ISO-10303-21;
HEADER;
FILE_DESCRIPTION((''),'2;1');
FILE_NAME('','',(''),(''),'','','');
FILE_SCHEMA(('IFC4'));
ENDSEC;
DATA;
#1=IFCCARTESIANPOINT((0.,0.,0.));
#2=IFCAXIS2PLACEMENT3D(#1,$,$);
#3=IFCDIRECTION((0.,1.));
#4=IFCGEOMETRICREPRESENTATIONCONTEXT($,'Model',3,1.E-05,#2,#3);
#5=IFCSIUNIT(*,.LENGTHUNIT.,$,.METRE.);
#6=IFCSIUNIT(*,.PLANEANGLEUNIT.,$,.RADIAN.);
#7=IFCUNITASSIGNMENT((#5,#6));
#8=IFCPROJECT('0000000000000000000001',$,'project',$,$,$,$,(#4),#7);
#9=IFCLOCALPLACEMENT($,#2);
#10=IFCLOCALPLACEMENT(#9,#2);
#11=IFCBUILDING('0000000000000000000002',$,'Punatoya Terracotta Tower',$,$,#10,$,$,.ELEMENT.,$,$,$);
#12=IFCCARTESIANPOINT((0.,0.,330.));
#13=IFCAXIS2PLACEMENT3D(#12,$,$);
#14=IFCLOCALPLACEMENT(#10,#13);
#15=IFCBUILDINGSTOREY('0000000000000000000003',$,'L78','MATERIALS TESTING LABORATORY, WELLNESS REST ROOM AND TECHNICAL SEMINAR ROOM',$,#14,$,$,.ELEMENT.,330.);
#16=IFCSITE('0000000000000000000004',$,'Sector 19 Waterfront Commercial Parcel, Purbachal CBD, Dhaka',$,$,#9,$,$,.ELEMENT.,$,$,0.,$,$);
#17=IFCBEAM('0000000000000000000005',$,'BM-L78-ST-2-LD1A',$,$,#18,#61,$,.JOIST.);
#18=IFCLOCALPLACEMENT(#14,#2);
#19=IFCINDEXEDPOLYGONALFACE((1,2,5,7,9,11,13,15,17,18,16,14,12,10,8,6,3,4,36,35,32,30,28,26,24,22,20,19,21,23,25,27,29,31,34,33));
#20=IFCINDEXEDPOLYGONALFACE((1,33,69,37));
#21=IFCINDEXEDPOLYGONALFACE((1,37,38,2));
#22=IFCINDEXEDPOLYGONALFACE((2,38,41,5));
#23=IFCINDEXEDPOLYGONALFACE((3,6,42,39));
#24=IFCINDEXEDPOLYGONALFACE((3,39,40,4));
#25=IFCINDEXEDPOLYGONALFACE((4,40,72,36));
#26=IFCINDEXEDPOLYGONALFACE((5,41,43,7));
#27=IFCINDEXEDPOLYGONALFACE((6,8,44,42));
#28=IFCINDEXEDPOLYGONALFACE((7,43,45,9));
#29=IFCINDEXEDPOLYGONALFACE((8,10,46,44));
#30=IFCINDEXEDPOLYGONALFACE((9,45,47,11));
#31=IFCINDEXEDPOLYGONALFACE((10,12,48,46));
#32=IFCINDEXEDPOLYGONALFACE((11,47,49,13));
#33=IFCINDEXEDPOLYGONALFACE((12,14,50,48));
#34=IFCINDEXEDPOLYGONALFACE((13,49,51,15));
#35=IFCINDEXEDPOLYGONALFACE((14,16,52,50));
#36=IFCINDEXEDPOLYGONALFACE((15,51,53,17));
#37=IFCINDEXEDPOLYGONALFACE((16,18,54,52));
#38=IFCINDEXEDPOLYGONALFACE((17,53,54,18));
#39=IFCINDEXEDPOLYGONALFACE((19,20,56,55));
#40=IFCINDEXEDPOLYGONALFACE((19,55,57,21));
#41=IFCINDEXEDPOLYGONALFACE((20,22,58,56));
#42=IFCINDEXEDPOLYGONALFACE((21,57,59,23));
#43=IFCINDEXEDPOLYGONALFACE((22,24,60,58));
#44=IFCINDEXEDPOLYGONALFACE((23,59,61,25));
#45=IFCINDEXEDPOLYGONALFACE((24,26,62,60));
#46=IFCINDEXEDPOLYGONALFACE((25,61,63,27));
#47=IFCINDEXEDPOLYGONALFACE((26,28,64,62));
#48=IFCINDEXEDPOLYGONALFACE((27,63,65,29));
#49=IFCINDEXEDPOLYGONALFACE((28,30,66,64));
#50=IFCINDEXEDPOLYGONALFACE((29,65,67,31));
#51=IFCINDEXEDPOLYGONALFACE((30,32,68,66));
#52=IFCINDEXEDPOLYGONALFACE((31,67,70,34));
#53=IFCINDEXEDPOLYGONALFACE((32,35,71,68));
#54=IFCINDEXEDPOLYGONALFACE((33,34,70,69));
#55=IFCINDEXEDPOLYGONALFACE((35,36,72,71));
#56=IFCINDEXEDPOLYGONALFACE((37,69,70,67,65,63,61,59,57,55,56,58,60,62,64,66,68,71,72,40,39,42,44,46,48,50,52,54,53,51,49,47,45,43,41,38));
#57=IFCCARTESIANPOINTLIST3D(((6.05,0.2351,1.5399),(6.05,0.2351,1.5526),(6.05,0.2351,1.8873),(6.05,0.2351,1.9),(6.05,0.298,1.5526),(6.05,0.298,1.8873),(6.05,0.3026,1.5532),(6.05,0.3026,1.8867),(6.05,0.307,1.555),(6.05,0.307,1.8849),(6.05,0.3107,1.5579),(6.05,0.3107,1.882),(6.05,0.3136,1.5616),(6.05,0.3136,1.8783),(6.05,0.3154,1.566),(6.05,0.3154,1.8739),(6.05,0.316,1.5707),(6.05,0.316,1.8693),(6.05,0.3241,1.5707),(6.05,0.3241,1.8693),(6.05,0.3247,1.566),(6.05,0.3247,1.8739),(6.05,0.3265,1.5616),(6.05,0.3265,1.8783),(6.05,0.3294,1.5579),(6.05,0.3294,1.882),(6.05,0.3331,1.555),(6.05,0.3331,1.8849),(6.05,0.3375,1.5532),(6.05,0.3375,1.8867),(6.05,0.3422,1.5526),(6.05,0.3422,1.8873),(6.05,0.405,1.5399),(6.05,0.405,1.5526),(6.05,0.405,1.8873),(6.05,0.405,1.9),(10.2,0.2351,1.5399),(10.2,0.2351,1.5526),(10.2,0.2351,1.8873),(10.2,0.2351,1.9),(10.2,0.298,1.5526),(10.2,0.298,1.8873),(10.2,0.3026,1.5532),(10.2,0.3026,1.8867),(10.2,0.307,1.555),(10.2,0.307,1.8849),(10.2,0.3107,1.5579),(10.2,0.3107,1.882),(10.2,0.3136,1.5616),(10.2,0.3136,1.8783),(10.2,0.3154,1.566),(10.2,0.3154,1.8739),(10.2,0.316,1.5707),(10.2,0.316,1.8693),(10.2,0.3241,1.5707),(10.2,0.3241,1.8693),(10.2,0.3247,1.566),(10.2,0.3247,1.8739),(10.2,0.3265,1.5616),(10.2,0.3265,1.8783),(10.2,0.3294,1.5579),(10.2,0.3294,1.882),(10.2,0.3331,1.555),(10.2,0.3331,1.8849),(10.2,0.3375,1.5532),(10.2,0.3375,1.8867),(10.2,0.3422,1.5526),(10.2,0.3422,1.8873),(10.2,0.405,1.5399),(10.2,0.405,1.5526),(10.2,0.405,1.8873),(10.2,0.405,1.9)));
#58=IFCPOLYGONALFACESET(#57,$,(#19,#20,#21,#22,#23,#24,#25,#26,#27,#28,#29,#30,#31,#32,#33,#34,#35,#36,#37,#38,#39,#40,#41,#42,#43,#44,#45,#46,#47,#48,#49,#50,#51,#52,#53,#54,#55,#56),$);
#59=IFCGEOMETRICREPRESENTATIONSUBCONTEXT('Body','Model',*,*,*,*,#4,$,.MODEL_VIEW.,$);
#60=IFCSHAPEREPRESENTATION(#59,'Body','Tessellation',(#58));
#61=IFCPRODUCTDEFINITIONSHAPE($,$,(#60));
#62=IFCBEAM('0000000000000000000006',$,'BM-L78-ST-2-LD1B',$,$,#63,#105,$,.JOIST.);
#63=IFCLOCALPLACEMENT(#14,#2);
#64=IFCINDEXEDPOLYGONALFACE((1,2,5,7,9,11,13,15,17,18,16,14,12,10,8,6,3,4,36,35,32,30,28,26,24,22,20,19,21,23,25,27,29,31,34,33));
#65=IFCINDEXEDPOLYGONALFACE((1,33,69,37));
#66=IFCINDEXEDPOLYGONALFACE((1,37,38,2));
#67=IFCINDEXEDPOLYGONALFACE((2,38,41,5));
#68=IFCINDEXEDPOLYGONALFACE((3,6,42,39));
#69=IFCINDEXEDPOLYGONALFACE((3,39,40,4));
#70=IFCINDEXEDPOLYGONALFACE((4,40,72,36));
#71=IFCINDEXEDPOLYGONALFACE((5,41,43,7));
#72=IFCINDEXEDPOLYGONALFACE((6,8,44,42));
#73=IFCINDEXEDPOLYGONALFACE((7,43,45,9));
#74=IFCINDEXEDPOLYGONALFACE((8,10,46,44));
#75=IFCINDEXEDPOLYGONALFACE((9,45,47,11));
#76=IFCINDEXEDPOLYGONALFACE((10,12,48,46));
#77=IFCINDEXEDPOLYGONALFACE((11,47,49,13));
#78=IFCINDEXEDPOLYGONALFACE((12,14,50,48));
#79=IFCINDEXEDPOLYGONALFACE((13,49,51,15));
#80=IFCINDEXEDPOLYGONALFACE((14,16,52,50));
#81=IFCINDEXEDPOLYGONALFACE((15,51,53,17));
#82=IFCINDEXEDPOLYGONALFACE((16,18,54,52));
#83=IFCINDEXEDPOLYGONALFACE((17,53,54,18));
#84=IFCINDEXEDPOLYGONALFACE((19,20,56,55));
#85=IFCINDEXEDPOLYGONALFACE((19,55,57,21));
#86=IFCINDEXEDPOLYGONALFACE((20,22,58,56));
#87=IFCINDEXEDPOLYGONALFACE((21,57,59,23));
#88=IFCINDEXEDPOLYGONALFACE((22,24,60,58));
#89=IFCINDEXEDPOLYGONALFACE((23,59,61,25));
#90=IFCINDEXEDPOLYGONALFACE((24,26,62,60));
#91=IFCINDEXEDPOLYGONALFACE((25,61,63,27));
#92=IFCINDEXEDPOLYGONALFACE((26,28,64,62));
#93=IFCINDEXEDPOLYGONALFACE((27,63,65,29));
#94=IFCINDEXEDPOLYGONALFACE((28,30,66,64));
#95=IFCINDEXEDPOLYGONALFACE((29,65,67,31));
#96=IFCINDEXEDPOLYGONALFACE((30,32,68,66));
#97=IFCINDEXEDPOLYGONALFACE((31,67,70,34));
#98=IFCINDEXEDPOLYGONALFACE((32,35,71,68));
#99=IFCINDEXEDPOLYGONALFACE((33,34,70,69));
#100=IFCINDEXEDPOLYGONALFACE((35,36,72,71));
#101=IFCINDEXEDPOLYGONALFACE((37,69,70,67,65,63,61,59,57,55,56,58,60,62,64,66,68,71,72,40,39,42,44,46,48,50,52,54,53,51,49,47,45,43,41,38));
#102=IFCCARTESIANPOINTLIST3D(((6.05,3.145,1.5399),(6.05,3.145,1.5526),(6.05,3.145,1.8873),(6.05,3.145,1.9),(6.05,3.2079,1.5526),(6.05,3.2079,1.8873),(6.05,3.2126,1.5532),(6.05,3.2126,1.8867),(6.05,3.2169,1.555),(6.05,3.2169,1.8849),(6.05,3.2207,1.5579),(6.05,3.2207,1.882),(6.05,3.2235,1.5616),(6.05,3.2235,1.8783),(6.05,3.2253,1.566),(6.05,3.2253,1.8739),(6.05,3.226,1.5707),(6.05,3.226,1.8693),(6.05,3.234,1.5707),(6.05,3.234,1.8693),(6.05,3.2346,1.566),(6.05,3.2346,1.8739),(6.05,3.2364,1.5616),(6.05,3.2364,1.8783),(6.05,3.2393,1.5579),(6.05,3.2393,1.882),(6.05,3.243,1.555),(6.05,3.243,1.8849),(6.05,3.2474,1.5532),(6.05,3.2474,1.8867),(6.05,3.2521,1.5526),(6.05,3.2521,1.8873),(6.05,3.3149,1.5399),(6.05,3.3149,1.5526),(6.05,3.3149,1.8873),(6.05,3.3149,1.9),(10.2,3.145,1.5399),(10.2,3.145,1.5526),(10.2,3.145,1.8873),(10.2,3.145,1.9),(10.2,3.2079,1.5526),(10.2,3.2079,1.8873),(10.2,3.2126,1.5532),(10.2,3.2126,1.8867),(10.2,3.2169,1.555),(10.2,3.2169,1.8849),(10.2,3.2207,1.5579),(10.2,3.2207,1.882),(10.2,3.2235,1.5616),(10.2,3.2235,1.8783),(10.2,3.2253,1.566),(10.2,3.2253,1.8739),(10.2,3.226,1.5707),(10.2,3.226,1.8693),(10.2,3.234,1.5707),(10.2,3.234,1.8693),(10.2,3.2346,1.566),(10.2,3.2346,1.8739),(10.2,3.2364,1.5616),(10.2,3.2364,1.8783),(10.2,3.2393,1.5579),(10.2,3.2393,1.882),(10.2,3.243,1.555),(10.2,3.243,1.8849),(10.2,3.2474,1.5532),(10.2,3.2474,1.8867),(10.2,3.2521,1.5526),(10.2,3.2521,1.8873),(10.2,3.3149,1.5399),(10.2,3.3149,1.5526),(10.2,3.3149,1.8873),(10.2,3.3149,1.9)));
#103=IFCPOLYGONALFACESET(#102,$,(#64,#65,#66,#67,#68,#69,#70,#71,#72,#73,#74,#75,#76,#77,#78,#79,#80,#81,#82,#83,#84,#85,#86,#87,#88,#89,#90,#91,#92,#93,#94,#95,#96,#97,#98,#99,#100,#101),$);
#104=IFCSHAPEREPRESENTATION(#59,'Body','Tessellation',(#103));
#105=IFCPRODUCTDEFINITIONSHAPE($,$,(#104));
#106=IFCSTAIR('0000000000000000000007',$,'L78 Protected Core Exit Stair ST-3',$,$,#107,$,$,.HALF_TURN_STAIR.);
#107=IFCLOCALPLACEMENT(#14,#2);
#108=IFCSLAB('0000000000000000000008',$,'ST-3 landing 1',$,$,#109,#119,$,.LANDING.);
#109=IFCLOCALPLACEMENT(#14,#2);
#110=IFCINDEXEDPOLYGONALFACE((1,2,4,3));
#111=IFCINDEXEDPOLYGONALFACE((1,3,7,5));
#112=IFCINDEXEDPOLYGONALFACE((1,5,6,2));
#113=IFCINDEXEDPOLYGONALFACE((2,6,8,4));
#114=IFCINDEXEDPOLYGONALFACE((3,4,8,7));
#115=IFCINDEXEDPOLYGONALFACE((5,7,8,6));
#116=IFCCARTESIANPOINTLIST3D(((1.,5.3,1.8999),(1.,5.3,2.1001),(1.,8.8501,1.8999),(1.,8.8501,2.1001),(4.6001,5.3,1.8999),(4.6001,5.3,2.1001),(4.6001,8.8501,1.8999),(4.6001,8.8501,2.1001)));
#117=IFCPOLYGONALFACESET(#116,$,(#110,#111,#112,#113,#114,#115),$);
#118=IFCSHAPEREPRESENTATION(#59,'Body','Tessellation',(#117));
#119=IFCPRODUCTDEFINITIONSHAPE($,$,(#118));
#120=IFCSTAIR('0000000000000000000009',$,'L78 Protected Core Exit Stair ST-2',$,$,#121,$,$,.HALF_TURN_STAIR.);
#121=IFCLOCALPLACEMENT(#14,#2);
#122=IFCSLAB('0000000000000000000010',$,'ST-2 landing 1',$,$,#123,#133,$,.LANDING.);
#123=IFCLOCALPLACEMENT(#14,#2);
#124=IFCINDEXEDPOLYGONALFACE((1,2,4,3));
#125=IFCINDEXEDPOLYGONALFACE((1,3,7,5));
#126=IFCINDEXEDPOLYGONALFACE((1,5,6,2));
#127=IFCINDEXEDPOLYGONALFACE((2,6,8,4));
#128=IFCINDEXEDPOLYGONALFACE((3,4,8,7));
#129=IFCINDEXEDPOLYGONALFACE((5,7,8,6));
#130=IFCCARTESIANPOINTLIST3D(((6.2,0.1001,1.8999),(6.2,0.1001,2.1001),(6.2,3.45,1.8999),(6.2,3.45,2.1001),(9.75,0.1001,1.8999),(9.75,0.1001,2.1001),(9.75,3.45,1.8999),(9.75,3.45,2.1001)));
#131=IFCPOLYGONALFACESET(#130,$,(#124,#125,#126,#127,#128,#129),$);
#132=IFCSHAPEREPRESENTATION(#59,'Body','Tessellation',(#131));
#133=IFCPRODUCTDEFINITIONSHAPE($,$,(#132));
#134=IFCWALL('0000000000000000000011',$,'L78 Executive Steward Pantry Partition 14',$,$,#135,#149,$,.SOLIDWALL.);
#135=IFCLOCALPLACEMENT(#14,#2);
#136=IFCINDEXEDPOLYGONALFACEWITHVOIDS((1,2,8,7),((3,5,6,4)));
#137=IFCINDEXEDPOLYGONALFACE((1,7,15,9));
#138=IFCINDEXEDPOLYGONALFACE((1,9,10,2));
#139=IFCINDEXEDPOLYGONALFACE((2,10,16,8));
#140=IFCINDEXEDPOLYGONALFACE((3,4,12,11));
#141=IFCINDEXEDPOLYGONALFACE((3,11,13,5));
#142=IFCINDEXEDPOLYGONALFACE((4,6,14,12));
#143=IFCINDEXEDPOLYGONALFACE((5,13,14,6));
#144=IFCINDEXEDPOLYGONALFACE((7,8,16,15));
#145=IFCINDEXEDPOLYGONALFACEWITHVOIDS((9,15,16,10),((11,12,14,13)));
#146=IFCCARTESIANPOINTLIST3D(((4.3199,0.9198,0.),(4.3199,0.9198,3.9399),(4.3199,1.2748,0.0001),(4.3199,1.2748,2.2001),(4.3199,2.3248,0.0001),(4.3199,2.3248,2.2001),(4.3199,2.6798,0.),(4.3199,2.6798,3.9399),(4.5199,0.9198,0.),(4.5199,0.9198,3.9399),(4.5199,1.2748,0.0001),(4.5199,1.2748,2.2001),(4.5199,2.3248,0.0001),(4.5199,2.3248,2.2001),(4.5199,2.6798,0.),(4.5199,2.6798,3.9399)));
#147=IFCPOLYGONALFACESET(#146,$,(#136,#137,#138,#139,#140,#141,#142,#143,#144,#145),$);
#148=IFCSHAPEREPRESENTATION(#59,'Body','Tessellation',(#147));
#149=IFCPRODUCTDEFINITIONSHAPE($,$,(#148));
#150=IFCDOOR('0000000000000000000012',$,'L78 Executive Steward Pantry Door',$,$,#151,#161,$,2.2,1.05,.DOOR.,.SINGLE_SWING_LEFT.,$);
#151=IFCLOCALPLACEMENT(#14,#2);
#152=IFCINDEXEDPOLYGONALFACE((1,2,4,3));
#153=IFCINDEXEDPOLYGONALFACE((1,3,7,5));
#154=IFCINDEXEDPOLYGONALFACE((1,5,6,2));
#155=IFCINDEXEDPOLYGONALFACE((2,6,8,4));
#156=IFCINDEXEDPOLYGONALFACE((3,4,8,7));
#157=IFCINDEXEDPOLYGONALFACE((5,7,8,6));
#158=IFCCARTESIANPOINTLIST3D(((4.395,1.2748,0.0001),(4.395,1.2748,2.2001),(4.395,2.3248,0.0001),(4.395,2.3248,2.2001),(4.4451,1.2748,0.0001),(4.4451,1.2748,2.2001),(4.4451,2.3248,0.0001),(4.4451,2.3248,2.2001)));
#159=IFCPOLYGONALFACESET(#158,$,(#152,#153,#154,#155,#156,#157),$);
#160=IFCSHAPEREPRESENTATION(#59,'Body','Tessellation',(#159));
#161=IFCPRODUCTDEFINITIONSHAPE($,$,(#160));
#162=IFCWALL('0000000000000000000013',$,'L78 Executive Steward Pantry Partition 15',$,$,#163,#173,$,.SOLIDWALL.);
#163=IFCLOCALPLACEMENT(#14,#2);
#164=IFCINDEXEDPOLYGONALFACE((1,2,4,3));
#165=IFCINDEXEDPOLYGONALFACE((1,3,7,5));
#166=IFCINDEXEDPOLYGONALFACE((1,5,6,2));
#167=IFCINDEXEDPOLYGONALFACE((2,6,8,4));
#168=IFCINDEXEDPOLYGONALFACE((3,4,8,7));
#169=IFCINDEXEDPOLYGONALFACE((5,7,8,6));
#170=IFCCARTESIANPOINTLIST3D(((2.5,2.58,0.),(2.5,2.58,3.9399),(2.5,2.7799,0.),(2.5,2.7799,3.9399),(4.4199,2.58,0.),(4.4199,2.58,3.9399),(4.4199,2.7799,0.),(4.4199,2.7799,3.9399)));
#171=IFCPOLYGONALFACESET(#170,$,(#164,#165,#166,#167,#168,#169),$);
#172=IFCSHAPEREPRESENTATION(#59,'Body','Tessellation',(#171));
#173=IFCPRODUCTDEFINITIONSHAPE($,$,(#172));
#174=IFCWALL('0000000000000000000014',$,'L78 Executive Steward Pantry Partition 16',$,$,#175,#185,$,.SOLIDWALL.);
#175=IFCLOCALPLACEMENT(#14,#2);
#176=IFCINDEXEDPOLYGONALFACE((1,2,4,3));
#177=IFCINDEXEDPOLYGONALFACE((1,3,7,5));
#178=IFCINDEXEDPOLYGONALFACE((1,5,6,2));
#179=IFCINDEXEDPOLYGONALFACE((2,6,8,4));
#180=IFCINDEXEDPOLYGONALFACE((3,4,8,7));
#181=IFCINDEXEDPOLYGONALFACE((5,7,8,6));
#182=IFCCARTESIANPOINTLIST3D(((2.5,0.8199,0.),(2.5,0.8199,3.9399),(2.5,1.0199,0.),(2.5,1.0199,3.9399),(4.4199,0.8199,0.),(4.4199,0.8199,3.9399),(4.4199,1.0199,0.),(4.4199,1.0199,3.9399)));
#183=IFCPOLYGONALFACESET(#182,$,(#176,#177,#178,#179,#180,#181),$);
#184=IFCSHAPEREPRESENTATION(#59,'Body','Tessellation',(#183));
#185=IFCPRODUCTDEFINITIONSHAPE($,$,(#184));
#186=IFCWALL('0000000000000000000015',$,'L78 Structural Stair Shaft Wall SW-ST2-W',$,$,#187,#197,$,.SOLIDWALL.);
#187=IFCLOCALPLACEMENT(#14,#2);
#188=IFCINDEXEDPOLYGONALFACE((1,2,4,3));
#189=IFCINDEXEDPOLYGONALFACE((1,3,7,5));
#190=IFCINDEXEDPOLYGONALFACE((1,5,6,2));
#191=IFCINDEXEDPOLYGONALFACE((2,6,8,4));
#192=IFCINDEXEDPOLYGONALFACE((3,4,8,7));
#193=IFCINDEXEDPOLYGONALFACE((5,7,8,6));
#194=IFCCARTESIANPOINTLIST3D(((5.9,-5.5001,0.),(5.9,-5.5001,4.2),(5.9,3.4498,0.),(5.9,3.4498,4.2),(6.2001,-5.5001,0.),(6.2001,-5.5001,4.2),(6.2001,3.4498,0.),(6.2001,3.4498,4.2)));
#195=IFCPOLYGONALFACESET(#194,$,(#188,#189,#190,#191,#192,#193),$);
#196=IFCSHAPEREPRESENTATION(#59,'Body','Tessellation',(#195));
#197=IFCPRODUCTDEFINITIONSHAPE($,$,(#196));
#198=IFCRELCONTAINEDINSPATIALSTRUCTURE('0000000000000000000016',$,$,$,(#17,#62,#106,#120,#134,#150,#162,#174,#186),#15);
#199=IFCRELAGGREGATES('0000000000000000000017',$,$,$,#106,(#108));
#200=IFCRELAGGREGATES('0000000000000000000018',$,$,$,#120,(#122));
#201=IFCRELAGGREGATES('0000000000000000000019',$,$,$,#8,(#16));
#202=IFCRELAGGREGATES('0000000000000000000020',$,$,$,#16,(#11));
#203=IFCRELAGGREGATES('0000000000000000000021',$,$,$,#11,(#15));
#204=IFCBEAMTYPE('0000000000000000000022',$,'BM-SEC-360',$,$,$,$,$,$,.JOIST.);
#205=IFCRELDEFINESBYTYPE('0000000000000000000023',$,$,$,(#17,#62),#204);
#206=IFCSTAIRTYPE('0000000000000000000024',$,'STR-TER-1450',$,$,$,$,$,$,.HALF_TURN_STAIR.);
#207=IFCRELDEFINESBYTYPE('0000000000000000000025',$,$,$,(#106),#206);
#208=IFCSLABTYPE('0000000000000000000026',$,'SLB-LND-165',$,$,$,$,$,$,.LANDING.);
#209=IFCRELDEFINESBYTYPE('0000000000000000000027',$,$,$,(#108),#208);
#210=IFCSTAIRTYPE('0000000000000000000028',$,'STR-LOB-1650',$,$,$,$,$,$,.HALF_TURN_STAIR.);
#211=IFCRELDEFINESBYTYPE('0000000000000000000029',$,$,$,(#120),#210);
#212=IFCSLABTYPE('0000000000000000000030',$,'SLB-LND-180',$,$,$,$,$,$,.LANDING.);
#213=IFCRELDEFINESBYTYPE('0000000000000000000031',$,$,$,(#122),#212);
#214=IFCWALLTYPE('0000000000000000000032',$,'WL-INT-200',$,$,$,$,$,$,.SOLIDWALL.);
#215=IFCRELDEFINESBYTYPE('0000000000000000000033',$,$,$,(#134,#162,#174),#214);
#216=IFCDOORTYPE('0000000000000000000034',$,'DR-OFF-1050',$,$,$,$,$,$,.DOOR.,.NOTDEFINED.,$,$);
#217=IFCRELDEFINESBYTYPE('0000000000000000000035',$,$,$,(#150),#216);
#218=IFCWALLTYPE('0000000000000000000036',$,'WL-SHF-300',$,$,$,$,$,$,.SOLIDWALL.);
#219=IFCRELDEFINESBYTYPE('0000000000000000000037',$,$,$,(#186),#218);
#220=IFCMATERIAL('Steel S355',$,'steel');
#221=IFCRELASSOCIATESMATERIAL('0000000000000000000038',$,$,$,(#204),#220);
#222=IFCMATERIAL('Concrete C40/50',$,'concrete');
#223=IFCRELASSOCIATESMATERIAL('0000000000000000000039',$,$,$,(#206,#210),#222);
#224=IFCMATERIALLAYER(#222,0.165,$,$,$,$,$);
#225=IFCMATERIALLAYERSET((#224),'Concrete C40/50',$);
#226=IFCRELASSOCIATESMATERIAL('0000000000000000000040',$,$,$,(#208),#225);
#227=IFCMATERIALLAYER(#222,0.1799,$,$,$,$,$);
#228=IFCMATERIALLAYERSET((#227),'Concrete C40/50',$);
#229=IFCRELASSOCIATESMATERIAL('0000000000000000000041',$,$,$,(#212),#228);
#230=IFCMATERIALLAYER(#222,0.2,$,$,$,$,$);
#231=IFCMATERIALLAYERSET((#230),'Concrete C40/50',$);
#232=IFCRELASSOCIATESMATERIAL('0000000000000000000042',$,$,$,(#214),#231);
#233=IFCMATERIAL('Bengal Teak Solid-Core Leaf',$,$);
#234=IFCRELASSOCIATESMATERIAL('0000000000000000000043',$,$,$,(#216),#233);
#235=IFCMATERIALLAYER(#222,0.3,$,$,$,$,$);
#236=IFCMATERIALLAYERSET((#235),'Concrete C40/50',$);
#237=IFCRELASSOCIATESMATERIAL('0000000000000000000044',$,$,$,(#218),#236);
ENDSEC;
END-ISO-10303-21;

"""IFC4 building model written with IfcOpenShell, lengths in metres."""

from ifc_helpers import new_model, si_unit, direction, frame, frame_2d, origin, origin_2d, place, context, subcontext, project, spatial, polyline, rectangle, i_section, outline, extrude, material, layer, layer_set, material_profile, profile_set, type_object, element, fill, aggregate, save


model = new_model("IFC4")

# Units and contexts
model_context = context("Model", 3, precision=1e-05, world=origin(), true_north=direction((0.0, 1.0)))
body_context = subcontext(model_context, "Body", "Model", "MODEL_VIEW")
ifc_project = project(units=[si_unit("LENGTHUNIT", "METRE"), si_unit("PLANEANGLEUNIT", "RADIAN")], contexts=[model_context])

# Site, building, storey
site_placement = place(None, origin())
site = spatial("IfcSite", under=ifc_project, at=site_placement, Name="Sector 19 Waterfront Commercial Parcel, Purbachal CBD, Dhaka", CompositionType="ELEMENT", RefElevation=0.0)
building_placement = place(site_placement, origin())
building = spatial("IfcBuilding", under=site, at=building_placement, Name="Punatoya Terracotta Tower", CompositionType="ELEMENT")
storey_placement = place(building_placement, frame((0.0, 0.0, 330.0)))
storey = spatial("IfcBuildingStorey", under=building, at=storey_placement, Name="L78", Description="MATERIALS TESTING LABORATORY, WELLNESS REST ROOM AND TECHNICAL SEMINAR ROOM", CompositionType="ELEMENT", Elevation=330.0)

# Beams
ifc_material_1 = material(Name="Steel S355", Category="steel")
ifc_material_profile = material_profile(ifc_material_1, i_section(OverallWidth=0.1699, OverallDepth=0.3601, WebThickness=0.0081, FlangeThickness=0.0127, FilletRadius=0.0181, at=origin_2d()))
ifc_profile_set = profile_set([ifc_material_profile], Name="Steel S355")
beam_type = type_object("IfcBeamType", Name="BM-SEC-360", PredefinedType="JOIST", material=ifc_profile_set)
for number, where, z_axis, x_axis, name in (
    (1, (6.05, 0.3201, 1.72), (1.0, 0.0, 0.0), (0.0, 1.0, 0.0), "BM-L78-ST-2-LD1A"),
    (2, (6.05, 3.23, 1.72), (1.0, 0.0, 0.0), (0.0, 1.0, 0.0), "BM-L78-ST-2-LD1B"),
):
    element("IfcBeam", number, at=place(storey_placement, frame(where, z_axis=z_axis, x_axis=x_axis)), inside=storey, type_object=beam_type, Name=name, PredefinedType="JOIST", context=body_context, shape_type="SweptSolid", body=[
        extrude(i_section(OverallWidth=0.1699, OverallDepth=0.3601, WebThickness=0.0081, FlangeThickness=0.0127, FilletRadius=0.0181, at=origin_2d()), origin(), (0.0, 0.0, 1.0), 4.1499),
    ])

# Stairs, slabs
ifc_material_2 = material(Name="Concrete C40/50", Category="concrete")
stair_type_1 = type_object("IfcStairType", Name="STR-TER-1450", PredefinedType="HALF_TURN_STAIR", material=ifc_material_2)
stair_1_placement = place(storey_placement, origin())
stair_1 = element("IfcStair", 3, at=stair_1_placement, inside=storey, type_object=stair_type_1, Name="L78 Protected Core Exit Stair ST-3", PredefinedType="HALF_TURN_STAIR")
ifc_layer_1 = layer(ifc_material_2, 0.165)
ifc_layer_set_1 = layer_set([ifc_layer_1], Name="Concrete C40/50")
slab_type_1 = type_object("IfcSlabType", Name="SLB-LND-165", PredefinedType="LANDING", material=ifc_layer_set_1)
slab_1_placement = place(storey_placement, frame((0.0, 0.0, 1.8999)))
slab_1 = element("IfcSlab", 4, at=slab_1_placement, type_object=slab_type_1, Name="ST-3 landing 1", PredefinedType="LANDING", context=body_context, shape_type="SweptSolid", body=[
    extrude(outline(polyline([(1.0, 5.3), (4.6001, 5.3), (4.6001, 8.8501), (1.0, 8.8501), (1.0, 5.3)])), origin(), (0.0, 0.0, 1.0), 0.2002),
])
aggregate(stair_1, [slab_1])
stair_type_2 = type_object("IfcStairType", Name="STR-LOB-1650", PredefinedType="HALF_TURN_STAIR", material=ifc_material_2)
stair_2_placement = place(storey_placement, origin())
stair_2 = element("IfcStair", 5, at=stair_2_placement, inside=storey, type_object=stair_type_2, Name="L78 Protected Core Exit Stair ST-2", PredefinedType="HALF_TURN_STAIR")
ifc_layer_2 = layer(ifc_material_2, 0.1799)
ifc_layer_set_2 = layer_set([ifc_layer_2], Name="Concrete C40/50")
slab_type_2 = type_object("IfcSlabType", Name="SLB-LND-180", PredefinedType="LANDING", material=ifc_layer_set_2)
slab_2_placement = place(storey_placement, frame((0.0, 0.0, 1.8999)))
slab_2 = element("IfcSlab", 6, at=slab_2_placement, type_object=slab_type_2, Name="ST-2 landing 1", PredefinedType="LANDING", context=body_context, shape_type="SweptSolid", body=[
    extrude(outline(polyline([(9.75, 0.1001), (9.75, 3.45), (6.2, 3.45), (6.2, 0.1001), (9.75, 0.1001)])), origin(), (0.0, 0.0, 1.0), 0.2002),
])

# Wall, opening, door
ifc_layer_3 = layer(ifc_material_2, 0.2)
ifc_layer_set_3 = layer_set([ifc_layer_3], Name="Concrete C40/50")
wall_type_1 = type_object("IfcWallType", Name="WL-INT-200", PredefinedType="SOLIDWALL", material=ifc_layer_set_3)
wall_1_placement = place(storey_placement, frame((4.4199, 0.9199, 0.0), z_axis=(0.0, 0.0, 1.0), x_axis=(0.0, 1.0, 0.0)))
wall_1 = element("IfcWall", 7, at=wall_1_placement, inside=storey, type_object=wall_type_1, Name="L78 Executive Steward Pantry Partition 14", PredefinedType="SOLIDWALL", context=body_context, shape_type="SweptSolid", body=[
    extrude(rectangle(XDim=1.76, YDim=0.2, at=frame_2d((0.8799, 0.0))), origin(), (0.0, 0.0, 1.0), 3.9399),
])
opening_placement = place(wall_1_placement, frame((0.355, 0.0, 0.0)))
opening = element("IfcOpeningElement", 8, at=opening_placement, cuts=wall_1, PredefinedType="OPENING", context=body_context, shape_type="SweptSolid", body=[
    extrude(rectangle(XDim=1.05, YDim=2.2, at=frame_2d((0.5249, 1.1001))), frame((0.0, 0.1099, 0.0), z_axis=(0.0, -1.0, 0.0), x_axis=(1.0, 0.0, 0.0)), (0.0, 0.0, 1.0), 0.22),
])
ifc_material_3 = material(Name="Bengal Teak Solid-Core Leaf")
door_type = type_object("IfcDoorType", Name="DR-OFF-1050", OperationType="NOTDEFINED", PredefinedType="DOOR", material=ifc_material_3)
door_placement = place(opening_placement, origin())
door = element("IfcDoor", 9, at=door_placement, inside=storey, type_object=door_type, Name="L78 Executive Steward Pantry Door", OperationType="SINGLE_SWING_LEFT", OverallHeight=2.2, OverallWidth=1.05, PredefinedType="DOOR", context=body_context, shape_type="SweptSolid", body=[
    extrude(rectangle(XDim=1.05, YDim=2.2, at=frame_2d((0.5249, 1.1001))), frame((0.0, 0.0249, 0.0), z_axis=(0.0, -1.0, 0.0), x_axis=(1.0, 0.0, 0.0)), (0.0, 0.0, 1.0), 0.05),
])
fill(opening, door)

# Walls
for number, where, z_axis, x_axis, name in (
    (10, (4.4199, 2.6799, 0.0), (0.0, 0.0, 1.0), (-1.0, 0.0, 0.0), "L78 Executive Steward Pantry Partition 15"),
    (11, (2.5, 0.9199, 0.0), (0.0, 0.0, 1.0), (1.0, 0.0, 0.0), "L78 Executive Steward Pantry Partition 16"),
):
    element("IfcWall", number, at=place(storey_placement, frame(where, z_axis=z_axis, x_axis=x_axis)), inside=storey, type_object=wall_type_1, Name=name, PredefinedType="SOLIDWALL", context=body_context, shape_type="SweptSolid", body=[
        extrude(rectangle(XDim=1.9199, YDim=0.2, at=frame_2d((0.96, 0.0))), origin(), (0.0, 0.0, 1.0), 3.9399),
    ])
ifc_layer_4 = layer(ifc_material_2, 0.3)
ifc_layer_set_4 = layer_set([ifc_layer_4], Name="Concrete C40/50")
wall_type_2 = type_object("IfcWallType", Name="WL-SHF-300", PredefinedType="SOLIDWALL", material=ifc_layer_set_4)
wall_2_placement = place(storey_placement, frame((6.05, 3.45, 0.0), z_axis=(0.0, 0.0, 1.0), x_axis=(0.0, -1.0, 0.0)))
element("IfcWall", 12, at=wall_2_placement, inside=storey, type_object=wall_type_2, Name="L78 Structural Stair Shaft Wall SW-ST2-W", PredefinedType="SOLIDWALL", context=body_context, shape_type="SweptSolid", body=[
    extrude(rectangle(XDim=8.95, YDim=0.3, at=frame_2d((4.4751, 0.0))), origin(), (0.0, 0.0, 1.0), 4.2),
])

aggregate(stair_2, [slab_2])

save(model, "model.ifc")
